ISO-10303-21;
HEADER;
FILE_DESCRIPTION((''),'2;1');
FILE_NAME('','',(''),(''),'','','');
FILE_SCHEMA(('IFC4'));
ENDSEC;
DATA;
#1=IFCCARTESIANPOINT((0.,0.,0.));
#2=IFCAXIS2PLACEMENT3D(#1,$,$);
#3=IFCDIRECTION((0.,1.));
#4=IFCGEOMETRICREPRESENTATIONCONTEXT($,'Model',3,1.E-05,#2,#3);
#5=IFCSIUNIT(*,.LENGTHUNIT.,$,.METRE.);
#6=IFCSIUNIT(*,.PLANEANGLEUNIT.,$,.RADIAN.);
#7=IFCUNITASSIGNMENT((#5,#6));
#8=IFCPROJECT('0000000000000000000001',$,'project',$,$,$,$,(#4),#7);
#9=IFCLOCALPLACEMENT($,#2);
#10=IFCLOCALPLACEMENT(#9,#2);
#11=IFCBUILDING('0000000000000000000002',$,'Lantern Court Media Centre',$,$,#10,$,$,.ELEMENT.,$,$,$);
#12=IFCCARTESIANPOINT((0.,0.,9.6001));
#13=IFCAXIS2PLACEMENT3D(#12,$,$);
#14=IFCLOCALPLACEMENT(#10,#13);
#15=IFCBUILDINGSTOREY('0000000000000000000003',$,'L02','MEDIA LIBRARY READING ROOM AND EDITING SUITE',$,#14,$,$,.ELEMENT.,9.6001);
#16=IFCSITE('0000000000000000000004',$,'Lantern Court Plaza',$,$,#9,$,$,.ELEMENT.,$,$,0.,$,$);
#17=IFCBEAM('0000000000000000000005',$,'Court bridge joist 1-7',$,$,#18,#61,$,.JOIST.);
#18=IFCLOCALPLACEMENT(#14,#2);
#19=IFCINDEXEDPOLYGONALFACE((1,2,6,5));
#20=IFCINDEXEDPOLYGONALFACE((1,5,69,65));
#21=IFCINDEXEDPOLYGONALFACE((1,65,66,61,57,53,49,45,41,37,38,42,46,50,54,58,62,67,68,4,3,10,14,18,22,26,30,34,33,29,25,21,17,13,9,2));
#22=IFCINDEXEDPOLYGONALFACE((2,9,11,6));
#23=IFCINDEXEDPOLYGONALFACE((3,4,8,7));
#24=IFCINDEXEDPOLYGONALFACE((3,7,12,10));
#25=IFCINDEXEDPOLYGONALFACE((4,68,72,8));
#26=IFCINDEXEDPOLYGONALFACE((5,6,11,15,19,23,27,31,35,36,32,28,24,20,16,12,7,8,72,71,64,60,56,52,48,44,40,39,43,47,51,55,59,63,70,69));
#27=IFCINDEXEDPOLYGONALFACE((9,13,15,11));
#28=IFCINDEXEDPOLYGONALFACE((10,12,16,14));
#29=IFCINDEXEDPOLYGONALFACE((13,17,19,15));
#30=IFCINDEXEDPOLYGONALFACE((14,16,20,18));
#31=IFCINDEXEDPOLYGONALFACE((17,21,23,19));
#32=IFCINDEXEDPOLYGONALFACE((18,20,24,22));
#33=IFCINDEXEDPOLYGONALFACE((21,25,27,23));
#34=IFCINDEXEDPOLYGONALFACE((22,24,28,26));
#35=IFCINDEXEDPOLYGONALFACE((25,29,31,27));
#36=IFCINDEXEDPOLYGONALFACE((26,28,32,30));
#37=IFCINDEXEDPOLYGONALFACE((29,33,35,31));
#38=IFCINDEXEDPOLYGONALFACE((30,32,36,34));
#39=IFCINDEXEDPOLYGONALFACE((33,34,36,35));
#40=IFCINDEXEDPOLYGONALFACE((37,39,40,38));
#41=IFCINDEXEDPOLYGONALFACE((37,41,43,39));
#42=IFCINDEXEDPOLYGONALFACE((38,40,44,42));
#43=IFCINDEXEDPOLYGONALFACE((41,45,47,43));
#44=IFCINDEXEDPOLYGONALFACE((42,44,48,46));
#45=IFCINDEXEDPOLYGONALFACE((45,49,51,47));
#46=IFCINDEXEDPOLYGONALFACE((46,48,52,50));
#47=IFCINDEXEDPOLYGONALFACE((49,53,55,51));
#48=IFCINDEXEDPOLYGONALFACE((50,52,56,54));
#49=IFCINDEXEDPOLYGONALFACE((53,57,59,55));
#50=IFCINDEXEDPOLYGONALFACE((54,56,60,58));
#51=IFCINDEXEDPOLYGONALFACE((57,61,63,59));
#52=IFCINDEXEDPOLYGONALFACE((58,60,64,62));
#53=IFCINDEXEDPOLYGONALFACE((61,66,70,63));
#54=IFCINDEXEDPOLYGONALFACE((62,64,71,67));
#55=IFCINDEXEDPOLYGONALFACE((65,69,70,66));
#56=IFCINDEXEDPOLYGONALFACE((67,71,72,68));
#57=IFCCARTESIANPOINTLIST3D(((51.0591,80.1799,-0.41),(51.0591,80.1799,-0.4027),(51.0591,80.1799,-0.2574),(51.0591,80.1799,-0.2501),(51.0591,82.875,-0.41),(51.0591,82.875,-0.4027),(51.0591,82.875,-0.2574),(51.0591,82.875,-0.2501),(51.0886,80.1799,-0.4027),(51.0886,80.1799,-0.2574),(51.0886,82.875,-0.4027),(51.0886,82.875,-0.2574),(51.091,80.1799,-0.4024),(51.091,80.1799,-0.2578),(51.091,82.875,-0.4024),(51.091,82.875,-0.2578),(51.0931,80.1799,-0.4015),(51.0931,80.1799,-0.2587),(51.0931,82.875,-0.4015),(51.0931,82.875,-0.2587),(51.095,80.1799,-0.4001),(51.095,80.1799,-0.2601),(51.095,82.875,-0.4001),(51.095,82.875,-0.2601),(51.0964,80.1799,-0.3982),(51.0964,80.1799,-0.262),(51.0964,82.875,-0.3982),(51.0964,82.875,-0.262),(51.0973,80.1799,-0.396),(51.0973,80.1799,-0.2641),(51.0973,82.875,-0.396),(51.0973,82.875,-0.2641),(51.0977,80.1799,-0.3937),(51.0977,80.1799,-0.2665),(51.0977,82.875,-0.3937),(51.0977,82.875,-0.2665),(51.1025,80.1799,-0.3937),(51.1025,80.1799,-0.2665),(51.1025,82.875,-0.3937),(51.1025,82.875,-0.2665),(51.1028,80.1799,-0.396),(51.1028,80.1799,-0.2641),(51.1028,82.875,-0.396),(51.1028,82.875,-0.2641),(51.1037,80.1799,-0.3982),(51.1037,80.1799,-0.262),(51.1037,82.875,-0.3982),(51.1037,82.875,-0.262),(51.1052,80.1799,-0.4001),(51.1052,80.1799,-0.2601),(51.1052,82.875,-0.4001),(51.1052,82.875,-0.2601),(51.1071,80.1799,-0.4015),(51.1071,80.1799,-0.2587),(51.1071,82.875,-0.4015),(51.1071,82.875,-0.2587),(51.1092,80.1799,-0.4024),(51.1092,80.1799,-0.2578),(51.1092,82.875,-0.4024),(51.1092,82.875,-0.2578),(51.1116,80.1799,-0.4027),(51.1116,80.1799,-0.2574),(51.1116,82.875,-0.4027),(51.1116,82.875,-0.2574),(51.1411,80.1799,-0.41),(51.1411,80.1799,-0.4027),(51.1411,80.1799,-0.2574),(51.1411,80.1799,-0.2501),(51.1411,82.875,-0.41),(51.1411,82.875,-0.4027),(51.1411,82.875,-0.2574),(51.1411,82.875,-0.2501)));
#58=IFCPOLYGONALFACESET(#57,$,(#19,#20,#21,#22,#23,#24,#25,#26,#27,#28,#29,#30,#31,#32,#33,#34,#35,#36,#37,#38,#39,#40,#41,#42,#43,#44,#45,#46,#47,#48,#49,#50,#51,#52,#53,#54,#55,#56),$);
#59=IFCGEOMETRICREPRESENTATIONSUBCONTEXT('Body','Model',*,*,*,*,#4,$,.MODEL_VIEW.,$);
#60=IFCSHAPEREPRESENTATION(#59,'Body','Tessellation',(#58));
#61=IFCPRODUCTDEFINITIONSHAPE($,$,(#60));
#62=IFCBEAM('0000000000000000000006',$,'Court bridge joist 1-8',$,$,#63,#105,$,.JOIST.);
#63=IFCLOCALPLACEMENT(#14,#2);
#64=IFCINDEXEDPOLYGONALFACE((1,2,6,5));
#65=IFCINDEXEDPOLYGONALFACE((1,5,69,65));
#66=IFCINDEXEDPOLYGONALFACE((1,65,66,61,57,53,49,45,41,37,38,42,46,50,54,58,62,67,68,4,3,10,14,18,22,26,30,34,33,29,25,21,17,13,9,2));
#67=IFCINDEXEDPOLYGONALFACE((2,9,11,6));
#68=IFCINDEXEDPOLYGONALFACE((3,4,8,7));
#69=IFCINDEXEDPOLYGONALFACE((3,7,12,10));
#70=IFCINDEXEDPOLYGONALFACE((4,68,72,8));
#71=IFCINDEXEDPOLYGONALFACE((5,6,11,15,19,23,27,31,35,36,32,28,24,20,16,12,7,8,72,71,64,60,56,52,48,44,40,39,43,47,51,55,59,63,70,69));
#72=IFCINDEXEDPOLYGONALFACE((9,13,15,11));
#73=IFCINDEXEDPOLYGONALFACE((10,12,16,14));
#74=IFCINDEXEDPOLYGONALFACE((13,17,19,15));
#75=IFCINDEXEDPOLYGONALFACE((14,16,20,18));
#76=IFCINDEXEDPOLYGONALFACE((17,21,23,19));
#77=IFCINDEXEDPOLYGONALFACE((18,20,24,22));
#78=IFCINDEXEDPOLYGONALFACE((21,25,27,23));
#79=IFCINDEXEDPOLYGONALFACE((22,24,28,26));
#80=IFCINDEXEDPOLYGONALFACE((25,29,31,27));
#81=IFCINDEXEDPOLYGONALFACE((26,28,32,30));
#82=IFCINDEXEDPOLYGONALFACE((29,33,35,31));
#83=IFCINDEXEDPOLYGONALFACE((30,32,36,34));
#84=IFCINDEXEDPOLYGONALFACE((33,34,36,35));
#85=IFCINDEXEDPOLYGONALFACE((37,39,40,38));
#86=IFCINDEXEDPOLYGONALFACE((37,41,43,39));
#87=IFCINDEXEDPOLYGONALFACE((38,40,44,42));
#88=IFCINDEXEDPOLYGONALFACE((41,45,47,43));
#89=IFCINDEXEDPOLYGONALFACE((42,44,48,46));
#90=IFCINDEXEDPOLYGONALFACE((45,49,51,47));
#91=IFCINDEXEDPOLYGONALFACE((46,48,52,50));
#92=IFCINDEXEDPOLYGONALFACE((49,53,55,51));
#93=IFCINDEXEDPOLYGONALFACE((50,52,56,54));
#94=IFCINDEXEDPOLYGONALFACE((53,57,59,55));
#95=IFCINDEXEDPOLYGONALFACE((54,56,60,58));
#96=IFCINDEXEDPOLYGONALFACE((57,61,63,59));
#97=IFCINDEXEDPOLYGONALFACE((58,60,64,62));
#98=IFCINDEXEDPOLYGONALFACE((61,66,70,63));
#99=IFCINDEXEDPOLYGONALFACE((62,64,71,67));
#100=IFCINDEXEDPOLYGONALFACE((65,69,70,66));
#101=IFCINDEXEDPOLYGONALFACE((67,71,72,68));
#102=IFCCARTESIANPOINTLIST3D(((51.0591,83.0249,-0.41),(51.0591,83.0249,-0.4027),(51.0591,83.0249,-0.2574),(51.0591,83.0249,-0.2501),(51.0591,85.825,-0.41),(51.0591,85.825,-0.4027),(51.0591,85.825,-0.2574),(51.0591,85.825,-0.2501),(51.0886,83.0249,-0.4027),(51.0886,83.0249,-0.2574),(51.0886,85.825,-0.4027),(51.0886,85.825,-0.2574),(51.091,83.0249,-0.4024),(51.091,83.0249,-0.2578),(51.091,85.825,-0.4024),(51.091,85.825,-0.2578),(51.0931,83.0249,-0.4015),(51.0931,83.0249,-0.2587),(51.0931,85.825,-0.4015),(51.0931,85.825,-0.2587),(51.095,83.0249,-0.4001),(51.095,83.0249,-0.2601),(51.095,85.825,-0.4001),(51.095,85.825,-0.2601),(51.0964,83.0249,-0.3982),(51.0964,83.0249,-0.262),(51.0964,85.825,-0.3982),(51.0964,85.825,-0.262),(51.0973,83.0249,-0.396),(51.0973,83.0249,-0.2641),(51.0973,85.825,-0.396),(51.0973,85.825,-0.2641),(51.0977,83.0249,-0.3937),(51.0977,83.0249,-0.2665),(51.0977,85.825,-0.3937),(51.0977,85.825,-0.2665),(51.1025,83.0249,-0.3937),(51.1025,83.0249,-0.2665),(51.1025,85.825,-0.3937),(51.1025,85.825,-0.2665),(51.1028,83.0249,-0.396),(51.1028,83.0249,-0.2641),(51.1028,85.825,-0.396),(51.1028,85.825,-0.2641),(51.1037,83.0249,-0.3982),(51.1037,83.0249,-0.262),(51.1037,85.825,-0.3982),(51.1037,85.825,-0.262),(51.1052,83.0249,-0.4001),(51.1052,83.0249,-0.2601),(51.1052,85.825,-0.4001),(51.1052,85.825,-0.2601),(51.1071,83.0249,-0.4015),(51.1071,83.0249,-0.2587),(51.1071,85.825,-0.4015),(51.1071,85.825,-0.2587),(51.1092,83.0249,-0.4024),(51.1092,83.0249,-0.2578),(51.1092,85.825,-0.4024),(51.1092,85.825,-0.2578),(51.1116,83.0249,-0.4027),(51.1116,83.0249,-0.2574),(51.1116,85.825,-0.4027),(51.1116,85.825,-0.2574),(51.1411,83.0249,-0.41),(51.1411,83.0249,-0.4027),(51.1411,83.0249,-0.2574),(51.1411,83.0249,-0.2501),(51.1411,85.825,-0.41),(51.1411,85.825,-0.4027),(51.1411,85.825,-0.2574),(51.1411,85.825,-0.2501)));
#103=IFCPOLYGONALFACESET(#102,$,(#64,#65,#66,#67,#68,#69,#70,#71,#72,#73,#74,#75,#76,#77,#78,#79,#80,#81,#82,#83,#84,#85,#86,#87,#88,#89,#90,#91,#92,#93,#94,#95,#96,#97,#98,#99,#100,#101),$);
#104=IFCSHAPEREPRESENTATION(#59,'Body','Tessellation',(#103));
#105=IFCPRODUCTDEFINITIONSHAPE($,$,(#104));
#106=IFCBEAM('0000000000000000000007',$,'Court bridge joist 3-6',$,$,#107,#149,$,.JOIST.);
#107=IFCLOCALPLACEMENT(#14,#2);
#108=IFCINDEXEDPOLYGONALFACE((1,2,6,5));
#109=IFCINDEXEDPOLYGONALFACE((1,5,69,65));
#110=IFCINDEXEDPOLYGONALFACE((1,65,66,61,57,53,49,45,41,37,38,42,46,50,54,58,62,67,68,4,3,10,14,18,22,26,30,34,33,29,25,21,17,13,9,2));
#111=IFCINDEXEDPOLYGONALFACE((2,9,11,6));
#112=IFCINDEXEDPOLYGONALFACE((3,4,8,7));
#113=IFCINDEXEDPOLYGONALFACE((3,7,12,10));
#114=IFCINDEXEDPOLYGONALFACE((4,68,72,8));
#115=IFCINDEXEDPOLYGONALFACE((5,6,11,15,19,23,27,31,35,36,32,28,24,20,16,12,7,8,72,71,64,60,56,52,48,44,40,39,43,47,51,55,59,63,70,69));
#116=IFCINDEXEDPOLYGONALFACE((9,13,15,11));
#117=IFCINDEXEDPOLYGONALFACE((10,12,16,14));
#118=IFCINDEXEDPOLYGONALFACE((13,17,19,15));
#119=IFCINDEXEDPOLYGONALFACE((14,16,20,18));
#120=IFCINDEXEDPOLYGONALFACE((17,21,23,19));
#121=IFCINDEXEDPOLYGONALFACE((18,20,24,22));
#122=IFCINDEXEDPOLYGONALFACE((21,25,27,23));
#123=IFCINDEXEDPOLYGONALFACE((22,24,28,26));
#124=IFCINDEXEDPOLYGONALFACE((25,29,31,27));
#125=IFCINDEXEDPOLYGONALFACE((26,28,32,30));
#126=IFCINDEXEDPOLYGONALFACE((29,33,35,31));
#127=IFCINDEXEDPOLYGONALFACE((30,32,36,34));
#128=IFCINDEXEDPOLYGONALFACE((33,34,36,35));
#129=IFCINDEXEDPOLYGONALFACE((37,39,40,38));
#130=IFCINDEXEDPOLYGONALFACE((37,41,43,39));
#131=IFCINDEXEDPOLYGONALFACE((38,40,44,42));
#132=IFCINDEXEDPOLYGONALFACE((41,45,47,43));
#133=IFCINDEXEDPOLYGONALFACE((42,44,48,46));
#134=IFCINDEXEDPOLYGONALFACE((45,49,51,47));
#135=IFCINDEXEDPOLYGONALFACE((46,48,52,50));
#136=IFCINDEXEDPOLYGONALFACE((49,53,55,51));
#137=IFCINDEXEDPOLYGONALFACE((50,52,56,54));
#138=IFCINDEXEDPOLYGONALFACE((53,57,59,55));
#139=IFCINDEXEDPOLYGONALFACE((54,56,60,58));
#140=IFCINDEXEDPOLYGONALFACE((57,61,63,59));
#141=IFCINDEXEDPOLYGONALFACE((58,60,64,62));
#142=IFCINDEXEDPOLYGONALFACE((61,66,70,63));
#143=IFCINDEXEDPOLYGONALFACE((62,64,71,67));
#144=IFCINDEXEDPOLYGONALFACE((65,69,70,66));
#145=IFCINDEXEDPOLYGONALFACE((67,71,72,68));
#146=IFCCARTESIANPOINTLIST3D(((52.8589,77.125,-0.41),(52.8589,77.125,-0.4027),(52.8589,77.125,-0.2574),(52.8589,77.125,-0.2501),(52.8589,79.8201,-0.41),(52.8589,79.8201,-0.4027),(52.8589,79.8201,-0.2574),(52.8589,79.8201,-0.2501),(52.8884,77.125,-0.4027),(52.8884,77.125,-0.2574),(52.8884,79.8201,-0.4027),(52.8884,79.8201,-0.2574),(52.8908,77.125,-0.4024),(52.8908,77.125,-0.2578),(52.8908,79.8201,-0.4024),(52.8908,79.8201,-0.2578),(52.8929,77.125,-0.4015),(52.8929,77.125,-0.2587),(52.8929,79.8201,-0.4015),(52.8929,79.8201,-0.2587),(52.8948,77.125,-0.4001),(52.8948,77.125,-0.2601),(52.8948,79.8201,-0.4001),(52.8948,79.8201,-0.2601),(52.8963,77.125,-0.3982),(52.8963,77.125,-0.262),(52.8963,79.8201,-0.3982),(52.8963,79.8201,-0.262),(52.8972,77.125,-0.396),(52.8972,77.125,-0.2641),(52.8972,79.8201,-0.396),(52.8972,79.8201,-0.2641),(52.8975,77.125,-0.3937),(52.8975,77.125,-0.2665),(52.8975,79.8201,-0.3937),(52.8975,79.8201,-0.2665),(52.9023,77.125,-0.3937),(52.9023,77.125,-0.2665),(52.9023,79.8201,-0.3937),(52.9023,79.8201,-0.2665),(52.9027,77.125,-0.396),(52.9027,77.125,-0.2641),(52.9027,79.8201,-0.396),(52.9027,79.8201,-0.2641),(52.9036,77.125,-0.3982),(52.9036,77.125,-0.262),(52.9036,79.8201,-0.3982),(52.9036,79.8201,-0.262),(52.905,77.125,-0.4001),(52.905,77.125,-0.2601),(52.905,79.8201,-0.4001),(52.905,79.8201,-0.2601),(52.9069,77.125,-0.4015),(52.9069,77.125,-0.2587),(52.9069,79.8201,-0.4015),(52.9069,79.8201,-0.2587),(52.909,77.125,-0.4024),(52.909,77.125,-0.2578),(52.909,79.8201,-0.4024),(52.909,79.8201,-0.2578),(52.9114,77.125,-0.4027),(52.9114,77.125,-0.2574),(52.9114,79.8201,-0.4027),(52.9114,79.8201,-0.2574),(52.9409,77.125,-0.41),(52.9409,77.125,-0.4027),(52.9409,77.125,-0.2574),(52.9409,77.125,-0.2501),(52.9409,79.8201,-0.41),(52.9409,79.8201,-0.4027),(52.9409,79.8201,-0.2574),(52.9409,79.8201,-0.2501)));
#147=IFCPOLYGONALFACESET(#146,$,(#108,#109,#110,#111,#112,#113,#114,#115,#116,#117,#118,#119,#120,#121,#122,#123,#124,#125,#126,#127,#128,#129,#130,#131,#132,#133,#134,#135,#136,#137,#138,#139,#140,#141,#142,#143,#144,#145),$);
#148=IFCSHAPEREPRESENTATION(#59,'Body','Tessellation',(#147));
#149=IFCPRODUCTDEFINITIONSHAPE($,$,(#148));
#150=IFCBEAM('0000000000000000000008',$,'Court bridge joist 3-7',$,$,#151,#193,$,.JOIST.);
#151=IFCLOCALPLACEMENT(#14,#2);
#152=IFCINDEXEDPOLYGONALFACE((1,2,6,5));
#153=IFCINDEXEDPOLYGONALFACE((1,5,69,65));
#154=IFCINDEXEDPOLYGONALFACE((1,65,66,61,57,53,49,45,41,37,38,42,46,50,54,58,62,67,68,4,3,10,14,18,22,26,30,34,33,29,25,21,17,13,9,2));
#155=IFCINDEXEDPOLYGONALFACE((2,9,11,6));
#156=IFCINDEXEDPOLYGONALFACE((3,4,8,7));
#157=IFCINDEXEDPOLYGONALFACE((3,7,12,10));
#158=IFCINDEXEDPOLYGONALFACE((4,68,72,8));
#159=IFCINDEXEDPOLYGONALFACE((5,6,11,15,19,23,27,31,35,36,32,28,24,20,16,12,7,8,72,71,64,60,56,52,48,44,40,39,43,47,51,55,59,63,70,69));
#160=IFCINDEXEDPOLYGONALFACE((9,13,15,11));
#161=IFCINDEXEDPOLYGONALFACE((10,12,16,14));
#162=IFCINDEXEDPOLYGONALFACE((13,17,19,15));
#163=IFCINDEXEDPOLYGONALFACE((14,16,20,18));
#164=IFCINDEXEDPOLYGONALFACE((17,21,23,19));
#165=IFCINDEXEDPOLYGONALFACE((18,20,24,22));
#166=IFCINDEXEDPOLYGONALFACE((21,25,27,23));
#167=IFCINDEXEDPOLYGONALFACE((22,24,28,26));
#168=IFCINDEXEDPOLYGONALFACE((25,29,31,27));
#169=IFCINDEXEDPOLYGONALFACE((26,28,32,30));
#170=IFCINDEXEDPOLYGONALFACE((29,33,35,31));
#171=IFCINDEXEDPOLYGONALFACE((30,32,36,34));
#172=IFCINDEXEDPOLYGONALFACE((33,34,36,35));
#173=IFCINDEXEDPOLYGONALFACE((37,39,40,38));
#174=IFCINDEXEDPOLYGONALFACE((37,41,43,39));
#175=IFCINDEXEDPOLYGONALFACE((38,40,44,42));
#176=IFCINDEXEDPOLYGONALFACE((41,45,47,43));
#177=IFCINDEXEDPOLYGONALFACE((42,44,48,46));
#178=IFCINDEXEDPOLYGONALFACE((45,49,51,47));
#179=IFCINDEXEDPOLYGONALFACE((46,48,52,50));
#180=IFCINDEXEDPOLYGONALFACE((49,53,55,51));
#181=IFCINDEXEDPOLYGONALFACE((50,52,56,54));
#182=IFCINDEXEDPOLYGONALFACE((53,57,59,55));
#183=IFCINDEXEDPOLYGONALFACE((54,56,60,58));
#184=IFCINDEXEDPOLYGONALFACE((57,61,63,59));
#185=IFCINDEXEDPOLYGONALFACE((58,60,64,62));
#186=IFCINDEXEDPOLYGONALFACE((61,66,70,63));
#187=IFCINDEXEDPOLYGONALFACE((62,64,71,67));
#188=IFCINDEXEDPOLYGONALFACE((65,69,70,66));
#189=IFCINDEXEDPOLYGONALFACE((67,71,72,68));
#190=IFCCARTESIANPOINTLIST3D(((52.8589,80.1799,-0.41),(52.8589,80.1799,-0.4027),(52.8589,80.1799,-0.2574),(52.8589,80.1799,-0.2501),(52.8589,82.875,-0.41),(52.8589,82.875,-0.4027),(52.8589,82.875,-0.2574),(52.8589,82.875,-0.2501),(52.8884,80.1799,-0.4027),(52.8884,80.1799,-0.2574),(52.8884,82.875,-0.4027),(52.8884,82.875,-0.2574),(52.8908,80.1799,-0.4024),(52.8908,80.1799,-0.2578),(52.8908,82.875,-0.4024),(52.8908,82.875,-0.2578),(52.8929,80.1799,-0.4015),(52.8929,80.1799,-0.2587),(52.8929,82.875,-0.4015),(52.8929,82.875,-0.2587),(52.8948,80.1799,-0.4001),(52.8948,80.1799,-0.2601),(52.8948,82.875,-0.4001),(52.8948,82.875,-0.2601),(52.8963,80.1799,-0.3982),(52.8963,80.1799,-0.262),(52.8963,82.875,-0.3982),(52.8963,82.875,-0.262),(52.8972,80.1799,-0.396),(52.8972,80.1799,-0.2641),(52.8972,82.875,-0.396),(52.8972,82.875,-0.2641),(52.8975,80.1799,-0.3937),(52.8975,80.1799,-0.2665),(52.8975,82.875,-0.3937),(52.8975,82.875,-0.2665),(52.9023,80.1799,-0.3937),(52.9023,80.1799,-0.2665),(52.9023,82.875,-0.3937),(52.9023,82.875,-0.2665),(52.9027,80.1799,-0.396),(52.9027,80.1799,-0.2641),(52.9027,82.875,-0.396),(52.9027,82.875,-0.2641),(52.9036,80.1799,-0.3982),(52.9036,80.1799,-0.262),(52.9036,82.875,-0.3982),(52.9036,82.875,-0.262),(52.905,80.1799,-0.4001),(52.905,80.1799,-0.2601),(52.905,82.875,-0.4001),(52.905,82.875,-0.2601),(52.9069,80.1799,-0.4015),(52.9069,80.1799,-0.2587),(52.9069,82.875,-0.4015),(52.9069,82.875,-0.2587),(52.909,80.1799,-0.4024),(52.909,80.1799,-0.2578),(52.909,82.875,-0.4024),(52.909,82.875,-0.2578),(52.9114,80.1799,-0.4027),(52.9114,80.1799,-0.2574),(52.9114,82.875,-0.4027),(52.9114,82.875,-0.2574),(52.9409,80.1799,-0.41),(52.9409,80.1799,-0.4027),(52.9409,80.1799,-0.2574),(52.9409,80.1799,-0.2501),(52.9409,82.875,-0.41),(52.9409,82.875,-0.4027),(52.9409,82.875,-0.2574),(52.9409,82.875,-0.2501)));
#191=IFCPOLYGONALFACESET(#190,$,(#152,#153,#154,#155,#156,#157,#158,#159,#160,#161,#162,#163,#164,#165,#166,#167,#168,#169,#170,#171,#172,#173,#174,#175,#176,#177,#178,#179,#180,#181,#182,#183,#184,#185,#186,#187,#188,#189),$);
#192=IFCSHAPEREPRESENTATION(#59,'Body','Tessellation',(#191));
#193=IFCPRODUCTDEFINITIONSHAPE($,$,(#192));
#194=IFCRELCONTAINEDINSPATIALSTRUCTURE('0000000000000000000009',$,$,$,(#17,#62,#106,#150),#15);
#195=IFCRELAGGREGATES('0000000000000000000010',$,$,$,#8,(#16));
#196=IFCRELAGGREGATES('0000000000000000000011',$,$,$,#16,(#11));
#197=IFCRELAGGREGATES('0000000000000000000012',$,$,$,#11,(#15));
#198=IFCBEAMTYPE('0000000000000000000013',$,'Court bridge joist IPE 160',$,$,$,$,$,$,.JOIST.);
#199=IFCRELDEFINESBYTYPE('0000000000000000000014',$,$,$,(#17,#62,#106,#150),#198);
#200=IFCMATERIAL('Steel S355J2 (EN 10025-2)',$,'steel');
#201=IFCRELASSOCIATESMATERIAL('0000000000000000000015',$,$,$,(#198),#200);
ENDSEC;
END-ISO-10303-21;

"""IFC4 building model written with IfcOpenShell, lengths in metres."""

from ifc_helpers import new_model, si_unit, direction, frame, origin, origin_2d, place, context, subcontext, project, spatial, i_section, extrude, material, material_profile, profile_set, type_object, element, save


model = new_model("IFC4")

# Units and contexts
model_context = context("Model", 3, precision=1e-05, world=origin(), true_north=direction((0.0, 1.0)))
body_context = subcontext(model_context, "Body", "Model", "MODEL_VIEW")
ifc_project = project(units=[si_unit("LENGTHUNIT", "METRE"), si_unit("PLANEANGLEUNIT", "RADIAN")], contexts=[model_context])

# Site, building, storey
site_placement = place(None, origin())
site = spatial("IfcSite", under=ifc_project, at=site_placement, Name="Lantern Court Plaza", CompositionType="ELEMENT", RefElevation=0.0)
building_placement = place(site_placement, origin())
building = spatial("IfcBuilding", under=site, at=building_placement, Name="Lantern Court Media Centre", CompositionType="ELEMENT")
storey_placement = place(building_placement, frame((0.0, 0.0, 9.6001)))
storey = spatial("IfcBuildingStorey", under=building, at=storey_placement, Name="L02", Description="MEDIA LIBRARY READING ROOM AND EDITING SUITE", CompositionType="ELEMENT", Elevation=9.6001)

# Shared definitions
ifc_material_1 = material(Name="Steel S355J2 (EN 10025-2)", Category="steel")

# Beams
ifc_material_profile_1 = material_profile(ifc_material_1, i_section(OverallWidth=0.082, OverallDepth=0.1599, WebThickness=0.0049, FlangeThickness=0.0073, FilletRadius=0.009, at=origin_2d()), Name="IPE 160")
ifc_profile_set_1 = profile_set([ifc_material_profile_1], Name="Steel S355J2 (EN 10025-2)")
beam_type_1 = type_object("IfcBeamType", Name="Court bridge joist IPE 160", PredefinedType="JOIST", material=ifc_profile_set_1)
for number, where, z_axis, x_axis, name in (
    (1, (51.1001, 80.1799, -0.3301), (0.0, 1.0, 0.0), (-1.0, 0.0, 0.0), "Court bridge joist 1-7"),
):
    element("IfcBeam", number, at=place(storey_placement, frame(where, z_axis=z_axis, x_axis=x_axis)), inside=storey, type_object=beam_type_1, Name=name, PredefinedType="JOIST", context=body_context, shape_type="SweptSolid", body=[
        extrude(i_section(OverallWidth=0.082, OverallDepth=0.1599, WebThickness=0.0049, FlangeThickness=0.0073, FilletRadius=0.009, at=origin_2d()), origin(), (0.0, 0.0, 1.0), 2.6951),
    ])
beam_1_placement = place(storey_placement, frame((51.1001, 83.0249, -0.3301), z_axis=(0.0, 1.0, 0.0), x_axis=(-1.0, 0.0, 0.0)))
element("IfcBeam", 2, at=beam_1_placement, inside=storey, type_object=beam_type_1, Name="Court bridge joist 1-8", PredefinedType="JOIST", context=body_context, shape_type="SweptSolid", body=[
    extrude(i_section(OverallWidth=0.082, OverallDepth=0.1599, WebThickness=0.0049, FlangeThickness=0.0073, FilletRadius=0.009, at=origin_2d()), origin(), (0.0, 0.0, 1.0), 2.8),
])
for number, where, z_axis, x_axis, name in (
    (3, (52.8999, 77.125, -0.3301), (0.0, 1.0, 0.0), (-1.0, 0.0, 0.0), "Court bridge joist 3-6"),
    (4, (52.8999, 80.1799, -0.3301), (0.0, 1.0, 0.0), (-1.0, 0.0, 0.0), "Court bridge joist 3-7"),
):
    element("IfcBeam", number, at=place(storey_placement, frame(where, z_axis=z_axis, x_axis=x_axis)), inside=storey, type_object=beam_type_1, Name=name, PredefinedType="JOIST", context=body_context, shape_type="SweptSolid", body=[
        extrude(i_section(OverallWidth=0.082, OverallDepth=0.1599, WebThickness=0.0049, FlangeThickness=0.0073, FilletRadius=0.009, at=origin_2d()), origin(), (0.0, 0.0, 1.0), 2.6951),
    ])

save(model, "model.ifc")
